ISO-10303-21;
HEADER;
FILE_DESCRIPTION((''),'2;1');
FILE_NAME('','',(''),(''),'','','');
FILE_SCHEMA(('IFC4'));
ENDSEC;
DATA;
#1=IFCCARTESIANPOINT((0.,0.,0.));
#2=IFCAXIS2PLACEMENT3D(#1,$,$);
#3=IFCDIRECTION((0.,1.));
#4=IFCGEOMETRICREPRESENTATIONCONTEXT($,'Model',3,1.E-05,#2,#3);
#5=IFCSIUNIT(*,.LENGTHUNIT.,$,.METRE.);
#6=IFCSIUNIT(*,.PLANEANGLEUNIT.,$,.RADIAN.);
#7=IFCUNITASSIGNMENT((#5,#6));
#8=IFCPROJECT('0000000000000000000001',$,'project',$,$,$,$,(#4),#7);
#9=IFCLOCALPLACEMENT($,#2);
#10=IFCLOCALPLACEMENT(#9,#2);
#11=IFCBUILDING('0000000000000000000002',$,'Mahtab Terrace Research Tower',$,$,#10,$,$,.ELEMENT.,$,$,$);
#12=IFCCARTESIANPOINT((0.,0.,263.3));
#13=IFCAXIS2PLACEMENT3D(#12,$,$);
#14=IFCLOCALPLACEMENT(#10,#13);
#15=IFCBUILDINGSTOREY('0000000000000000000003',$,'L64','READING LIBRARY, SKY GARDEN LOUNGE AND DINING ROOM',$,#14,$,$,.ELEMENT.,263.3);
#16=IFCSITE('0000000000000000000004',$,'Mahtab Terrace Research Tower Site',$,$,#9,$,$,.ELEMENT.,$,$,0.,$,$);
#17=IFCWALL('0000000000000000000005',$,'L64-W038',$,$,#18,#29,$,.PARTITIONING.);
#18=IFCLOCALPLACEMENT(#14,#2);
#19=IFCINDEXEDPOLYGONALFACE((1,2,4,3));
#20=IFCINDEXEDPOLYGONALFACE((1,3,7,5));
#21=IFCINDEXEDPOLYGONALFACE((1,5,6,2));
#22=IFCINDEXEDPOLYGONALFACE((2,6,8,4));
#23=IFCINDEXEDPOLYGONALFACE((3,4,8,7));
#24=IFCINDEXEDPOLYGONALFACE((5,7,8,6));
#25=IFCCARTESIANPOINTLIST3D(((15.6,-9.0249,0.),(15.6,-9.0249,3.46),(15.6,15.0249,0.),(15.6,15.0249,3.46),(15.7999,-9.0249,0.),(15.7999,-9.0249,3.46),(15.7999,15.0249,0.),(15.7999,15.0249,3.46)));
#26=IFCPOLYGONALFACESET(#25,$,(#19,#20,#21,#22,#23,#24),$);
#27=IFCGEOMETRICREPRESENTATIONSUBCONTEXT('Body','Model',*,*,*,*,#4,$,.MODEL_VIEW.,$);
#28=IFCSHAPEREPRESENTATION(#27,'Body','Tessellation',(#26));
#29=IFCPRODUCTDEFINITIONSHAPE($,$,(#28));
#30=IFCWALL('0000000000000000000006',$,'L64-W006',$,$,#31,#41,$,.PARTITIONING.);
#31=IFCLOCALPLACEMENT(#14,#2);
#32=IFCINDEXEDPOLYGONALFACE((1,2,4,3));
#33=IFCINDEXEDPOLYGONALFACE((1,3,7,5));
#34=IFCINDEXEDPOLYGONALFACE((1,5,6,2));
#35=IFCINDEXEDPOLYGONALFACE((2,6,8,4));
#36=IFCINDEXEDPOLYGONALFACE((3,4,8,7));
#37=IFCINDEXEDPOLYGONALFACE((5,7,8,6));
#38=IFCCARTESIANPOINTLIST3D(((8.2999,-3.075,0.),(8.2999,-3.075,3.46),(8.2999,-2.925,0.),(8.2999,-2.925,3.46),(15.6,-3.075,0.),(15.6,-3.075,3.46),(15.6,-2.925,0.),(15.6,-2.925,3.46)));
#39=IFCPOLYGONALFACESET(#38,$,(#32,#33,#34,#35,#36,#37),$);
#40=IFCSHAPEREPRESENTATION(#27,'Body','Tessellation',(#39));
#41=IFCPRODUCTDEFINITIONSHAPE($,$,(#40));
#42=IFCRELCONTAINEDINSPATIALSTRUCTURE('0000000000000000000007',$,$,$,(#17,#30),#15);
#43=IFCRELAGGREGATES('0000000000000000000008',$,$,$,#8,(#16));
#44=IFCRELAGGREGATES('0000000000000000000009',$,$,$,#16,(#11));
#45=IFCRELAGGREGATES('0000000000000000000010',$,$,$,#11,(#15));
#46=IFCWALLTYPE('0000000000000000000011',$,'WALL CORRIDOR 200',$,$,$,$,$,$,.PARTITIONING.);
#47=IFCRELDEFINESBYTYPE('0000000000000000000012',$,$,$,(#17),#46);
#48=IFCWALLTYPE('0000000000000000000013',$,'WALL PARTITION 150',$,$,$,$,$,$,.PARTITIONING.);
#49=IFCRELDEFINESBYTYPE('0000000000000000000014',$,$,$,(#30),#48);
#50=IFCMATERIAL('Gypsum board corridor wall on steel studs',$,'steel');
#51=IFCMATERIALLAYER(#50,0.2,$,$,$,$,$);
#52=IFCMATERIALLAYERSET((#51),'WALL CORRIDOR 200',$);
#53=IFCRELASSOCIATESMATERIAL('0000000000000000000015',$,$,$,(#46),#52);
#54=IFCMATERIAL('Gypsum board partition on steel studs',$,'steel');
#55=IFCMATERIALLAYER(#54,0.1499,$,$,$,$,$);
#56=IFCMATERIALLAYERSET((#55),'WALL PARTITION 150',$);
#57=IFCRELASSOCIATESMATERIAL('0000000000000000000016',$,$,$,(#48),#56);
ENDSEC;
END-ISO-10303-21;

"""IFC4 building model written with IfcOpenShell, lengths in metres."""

from ifc_helpers import new_model, si_unit, direction, frame, frame_2d, origin, place, context, subcontext, project, spatial, rectangle, extrude, material, layer, layer_set, type_object, element, save


model = new_model("IFC4")

# Units and contexts
model_context = context("Model", 3, precision=1e-05, world=origin(), true_north=direction((0.0, 1.0)))
body_context = subcontext(model_context, "Body", "Model", "MODEL_VIEW")
ifc_project = project(units=[si_unit("LENGTHUNIT", "METRE"), si_unit("PLANEANGLEUNIT", "RADIAN")], contexts=[model_context])

# Site, building, storey
site_placement = place(None, origin())
site = spatial("IfcSite", under=ifc_project, at=site_placement, Name="Mahtab Terrace Research Tower Site", CompositionType="ELEMENT", RefElevation=0.0)
building_placement = place(site_placement, origin())
building = spatial("IfcBuilding", under=site, at=building_placement, Name="Mahtab Terrace Research Tower", CompositionType="ELEMENT")
storey_placement = place(building_placement, frame((0.0, 0.0, 263.3)))
storey = spatial("IfcBuildingStorey", under=building, at=storey_placement, Name="L64", Description="READING LIBRARY, SKY GARDEN LOUNGE AND DINING ROOM", CompositionType="ELEMENT", Elevation=263.3)

# Shared definitions
ifc_material_1 = material(Name="Gypsum board corridor wall on steel studs", Category="steel")
ifc_layer_1 = layer(ifc_material_1, 0.2)
ifc_layer_set_1 = layer_set([ifc_layer_1], Name="WALL CORRIDOR 200")
wall_type_1 = type_object("IfcWallType", Name="WALL CORRIDOR 200", PredefinedType="PARTITIONING", material=ifc_layer_set_1)

# Walls
wall_1_placement = place(storey_placement, frame((15.7, -9.0249, 0.0), z_axis=(0.0, 0.0, 1.0), x_axis=(0.0, 1.0, 0.0)))
element("IfcWall", 1, at=wall_1_placement, inside=storey, type_object=wall_type_1, Name="L64-W038", PredefinedType="PARTITIONING", context=body_context, shape_type="SweptSolid", body=[
    extrude(rectangle(XDim=24.0498, YDim=0.2, at=frame_2d((12.0249, 0.0))), origin(), (0.0, 0.0, 1.0), 3.46),
])
ifc_material_2 = material(Name="Gypsum board partition on steel studs", Category="steel")
ifc_layer_2 = layer(ifc_material_2, 0.1499)
ifc_layer_set_2 = layer_set([ifc_layer_2], Name="WALL PARTITION 150")
wall_type_2 = type_object("IfcWallType", Name="WALL PARTITION 150", PredefinedType="PARTITIONING", material=ifc_layer_set_2)
wall_2_placement = place(storey_placement, frame((8.3, -3.0, 0.0), z_axis=(0.0, 0.0, 1.0), x_axis=(1.0, 0.0, 0.0)))
element("IfcWall", 2, at=wall_2_placement, inside=storey, type_object=wall_type_2, Name="L64-W006", PredefinedType="PARTITIONING", context=body_context, shape_type="SweptSolid", body=[
    extrude(rectangle(XDim=7.3, YDim=0.1499, at=frame_2d((3.6499, 0.0))), origin(), (0.0, 0.0, 1.0), 3.46),
])

save(model, "model.ifc")
